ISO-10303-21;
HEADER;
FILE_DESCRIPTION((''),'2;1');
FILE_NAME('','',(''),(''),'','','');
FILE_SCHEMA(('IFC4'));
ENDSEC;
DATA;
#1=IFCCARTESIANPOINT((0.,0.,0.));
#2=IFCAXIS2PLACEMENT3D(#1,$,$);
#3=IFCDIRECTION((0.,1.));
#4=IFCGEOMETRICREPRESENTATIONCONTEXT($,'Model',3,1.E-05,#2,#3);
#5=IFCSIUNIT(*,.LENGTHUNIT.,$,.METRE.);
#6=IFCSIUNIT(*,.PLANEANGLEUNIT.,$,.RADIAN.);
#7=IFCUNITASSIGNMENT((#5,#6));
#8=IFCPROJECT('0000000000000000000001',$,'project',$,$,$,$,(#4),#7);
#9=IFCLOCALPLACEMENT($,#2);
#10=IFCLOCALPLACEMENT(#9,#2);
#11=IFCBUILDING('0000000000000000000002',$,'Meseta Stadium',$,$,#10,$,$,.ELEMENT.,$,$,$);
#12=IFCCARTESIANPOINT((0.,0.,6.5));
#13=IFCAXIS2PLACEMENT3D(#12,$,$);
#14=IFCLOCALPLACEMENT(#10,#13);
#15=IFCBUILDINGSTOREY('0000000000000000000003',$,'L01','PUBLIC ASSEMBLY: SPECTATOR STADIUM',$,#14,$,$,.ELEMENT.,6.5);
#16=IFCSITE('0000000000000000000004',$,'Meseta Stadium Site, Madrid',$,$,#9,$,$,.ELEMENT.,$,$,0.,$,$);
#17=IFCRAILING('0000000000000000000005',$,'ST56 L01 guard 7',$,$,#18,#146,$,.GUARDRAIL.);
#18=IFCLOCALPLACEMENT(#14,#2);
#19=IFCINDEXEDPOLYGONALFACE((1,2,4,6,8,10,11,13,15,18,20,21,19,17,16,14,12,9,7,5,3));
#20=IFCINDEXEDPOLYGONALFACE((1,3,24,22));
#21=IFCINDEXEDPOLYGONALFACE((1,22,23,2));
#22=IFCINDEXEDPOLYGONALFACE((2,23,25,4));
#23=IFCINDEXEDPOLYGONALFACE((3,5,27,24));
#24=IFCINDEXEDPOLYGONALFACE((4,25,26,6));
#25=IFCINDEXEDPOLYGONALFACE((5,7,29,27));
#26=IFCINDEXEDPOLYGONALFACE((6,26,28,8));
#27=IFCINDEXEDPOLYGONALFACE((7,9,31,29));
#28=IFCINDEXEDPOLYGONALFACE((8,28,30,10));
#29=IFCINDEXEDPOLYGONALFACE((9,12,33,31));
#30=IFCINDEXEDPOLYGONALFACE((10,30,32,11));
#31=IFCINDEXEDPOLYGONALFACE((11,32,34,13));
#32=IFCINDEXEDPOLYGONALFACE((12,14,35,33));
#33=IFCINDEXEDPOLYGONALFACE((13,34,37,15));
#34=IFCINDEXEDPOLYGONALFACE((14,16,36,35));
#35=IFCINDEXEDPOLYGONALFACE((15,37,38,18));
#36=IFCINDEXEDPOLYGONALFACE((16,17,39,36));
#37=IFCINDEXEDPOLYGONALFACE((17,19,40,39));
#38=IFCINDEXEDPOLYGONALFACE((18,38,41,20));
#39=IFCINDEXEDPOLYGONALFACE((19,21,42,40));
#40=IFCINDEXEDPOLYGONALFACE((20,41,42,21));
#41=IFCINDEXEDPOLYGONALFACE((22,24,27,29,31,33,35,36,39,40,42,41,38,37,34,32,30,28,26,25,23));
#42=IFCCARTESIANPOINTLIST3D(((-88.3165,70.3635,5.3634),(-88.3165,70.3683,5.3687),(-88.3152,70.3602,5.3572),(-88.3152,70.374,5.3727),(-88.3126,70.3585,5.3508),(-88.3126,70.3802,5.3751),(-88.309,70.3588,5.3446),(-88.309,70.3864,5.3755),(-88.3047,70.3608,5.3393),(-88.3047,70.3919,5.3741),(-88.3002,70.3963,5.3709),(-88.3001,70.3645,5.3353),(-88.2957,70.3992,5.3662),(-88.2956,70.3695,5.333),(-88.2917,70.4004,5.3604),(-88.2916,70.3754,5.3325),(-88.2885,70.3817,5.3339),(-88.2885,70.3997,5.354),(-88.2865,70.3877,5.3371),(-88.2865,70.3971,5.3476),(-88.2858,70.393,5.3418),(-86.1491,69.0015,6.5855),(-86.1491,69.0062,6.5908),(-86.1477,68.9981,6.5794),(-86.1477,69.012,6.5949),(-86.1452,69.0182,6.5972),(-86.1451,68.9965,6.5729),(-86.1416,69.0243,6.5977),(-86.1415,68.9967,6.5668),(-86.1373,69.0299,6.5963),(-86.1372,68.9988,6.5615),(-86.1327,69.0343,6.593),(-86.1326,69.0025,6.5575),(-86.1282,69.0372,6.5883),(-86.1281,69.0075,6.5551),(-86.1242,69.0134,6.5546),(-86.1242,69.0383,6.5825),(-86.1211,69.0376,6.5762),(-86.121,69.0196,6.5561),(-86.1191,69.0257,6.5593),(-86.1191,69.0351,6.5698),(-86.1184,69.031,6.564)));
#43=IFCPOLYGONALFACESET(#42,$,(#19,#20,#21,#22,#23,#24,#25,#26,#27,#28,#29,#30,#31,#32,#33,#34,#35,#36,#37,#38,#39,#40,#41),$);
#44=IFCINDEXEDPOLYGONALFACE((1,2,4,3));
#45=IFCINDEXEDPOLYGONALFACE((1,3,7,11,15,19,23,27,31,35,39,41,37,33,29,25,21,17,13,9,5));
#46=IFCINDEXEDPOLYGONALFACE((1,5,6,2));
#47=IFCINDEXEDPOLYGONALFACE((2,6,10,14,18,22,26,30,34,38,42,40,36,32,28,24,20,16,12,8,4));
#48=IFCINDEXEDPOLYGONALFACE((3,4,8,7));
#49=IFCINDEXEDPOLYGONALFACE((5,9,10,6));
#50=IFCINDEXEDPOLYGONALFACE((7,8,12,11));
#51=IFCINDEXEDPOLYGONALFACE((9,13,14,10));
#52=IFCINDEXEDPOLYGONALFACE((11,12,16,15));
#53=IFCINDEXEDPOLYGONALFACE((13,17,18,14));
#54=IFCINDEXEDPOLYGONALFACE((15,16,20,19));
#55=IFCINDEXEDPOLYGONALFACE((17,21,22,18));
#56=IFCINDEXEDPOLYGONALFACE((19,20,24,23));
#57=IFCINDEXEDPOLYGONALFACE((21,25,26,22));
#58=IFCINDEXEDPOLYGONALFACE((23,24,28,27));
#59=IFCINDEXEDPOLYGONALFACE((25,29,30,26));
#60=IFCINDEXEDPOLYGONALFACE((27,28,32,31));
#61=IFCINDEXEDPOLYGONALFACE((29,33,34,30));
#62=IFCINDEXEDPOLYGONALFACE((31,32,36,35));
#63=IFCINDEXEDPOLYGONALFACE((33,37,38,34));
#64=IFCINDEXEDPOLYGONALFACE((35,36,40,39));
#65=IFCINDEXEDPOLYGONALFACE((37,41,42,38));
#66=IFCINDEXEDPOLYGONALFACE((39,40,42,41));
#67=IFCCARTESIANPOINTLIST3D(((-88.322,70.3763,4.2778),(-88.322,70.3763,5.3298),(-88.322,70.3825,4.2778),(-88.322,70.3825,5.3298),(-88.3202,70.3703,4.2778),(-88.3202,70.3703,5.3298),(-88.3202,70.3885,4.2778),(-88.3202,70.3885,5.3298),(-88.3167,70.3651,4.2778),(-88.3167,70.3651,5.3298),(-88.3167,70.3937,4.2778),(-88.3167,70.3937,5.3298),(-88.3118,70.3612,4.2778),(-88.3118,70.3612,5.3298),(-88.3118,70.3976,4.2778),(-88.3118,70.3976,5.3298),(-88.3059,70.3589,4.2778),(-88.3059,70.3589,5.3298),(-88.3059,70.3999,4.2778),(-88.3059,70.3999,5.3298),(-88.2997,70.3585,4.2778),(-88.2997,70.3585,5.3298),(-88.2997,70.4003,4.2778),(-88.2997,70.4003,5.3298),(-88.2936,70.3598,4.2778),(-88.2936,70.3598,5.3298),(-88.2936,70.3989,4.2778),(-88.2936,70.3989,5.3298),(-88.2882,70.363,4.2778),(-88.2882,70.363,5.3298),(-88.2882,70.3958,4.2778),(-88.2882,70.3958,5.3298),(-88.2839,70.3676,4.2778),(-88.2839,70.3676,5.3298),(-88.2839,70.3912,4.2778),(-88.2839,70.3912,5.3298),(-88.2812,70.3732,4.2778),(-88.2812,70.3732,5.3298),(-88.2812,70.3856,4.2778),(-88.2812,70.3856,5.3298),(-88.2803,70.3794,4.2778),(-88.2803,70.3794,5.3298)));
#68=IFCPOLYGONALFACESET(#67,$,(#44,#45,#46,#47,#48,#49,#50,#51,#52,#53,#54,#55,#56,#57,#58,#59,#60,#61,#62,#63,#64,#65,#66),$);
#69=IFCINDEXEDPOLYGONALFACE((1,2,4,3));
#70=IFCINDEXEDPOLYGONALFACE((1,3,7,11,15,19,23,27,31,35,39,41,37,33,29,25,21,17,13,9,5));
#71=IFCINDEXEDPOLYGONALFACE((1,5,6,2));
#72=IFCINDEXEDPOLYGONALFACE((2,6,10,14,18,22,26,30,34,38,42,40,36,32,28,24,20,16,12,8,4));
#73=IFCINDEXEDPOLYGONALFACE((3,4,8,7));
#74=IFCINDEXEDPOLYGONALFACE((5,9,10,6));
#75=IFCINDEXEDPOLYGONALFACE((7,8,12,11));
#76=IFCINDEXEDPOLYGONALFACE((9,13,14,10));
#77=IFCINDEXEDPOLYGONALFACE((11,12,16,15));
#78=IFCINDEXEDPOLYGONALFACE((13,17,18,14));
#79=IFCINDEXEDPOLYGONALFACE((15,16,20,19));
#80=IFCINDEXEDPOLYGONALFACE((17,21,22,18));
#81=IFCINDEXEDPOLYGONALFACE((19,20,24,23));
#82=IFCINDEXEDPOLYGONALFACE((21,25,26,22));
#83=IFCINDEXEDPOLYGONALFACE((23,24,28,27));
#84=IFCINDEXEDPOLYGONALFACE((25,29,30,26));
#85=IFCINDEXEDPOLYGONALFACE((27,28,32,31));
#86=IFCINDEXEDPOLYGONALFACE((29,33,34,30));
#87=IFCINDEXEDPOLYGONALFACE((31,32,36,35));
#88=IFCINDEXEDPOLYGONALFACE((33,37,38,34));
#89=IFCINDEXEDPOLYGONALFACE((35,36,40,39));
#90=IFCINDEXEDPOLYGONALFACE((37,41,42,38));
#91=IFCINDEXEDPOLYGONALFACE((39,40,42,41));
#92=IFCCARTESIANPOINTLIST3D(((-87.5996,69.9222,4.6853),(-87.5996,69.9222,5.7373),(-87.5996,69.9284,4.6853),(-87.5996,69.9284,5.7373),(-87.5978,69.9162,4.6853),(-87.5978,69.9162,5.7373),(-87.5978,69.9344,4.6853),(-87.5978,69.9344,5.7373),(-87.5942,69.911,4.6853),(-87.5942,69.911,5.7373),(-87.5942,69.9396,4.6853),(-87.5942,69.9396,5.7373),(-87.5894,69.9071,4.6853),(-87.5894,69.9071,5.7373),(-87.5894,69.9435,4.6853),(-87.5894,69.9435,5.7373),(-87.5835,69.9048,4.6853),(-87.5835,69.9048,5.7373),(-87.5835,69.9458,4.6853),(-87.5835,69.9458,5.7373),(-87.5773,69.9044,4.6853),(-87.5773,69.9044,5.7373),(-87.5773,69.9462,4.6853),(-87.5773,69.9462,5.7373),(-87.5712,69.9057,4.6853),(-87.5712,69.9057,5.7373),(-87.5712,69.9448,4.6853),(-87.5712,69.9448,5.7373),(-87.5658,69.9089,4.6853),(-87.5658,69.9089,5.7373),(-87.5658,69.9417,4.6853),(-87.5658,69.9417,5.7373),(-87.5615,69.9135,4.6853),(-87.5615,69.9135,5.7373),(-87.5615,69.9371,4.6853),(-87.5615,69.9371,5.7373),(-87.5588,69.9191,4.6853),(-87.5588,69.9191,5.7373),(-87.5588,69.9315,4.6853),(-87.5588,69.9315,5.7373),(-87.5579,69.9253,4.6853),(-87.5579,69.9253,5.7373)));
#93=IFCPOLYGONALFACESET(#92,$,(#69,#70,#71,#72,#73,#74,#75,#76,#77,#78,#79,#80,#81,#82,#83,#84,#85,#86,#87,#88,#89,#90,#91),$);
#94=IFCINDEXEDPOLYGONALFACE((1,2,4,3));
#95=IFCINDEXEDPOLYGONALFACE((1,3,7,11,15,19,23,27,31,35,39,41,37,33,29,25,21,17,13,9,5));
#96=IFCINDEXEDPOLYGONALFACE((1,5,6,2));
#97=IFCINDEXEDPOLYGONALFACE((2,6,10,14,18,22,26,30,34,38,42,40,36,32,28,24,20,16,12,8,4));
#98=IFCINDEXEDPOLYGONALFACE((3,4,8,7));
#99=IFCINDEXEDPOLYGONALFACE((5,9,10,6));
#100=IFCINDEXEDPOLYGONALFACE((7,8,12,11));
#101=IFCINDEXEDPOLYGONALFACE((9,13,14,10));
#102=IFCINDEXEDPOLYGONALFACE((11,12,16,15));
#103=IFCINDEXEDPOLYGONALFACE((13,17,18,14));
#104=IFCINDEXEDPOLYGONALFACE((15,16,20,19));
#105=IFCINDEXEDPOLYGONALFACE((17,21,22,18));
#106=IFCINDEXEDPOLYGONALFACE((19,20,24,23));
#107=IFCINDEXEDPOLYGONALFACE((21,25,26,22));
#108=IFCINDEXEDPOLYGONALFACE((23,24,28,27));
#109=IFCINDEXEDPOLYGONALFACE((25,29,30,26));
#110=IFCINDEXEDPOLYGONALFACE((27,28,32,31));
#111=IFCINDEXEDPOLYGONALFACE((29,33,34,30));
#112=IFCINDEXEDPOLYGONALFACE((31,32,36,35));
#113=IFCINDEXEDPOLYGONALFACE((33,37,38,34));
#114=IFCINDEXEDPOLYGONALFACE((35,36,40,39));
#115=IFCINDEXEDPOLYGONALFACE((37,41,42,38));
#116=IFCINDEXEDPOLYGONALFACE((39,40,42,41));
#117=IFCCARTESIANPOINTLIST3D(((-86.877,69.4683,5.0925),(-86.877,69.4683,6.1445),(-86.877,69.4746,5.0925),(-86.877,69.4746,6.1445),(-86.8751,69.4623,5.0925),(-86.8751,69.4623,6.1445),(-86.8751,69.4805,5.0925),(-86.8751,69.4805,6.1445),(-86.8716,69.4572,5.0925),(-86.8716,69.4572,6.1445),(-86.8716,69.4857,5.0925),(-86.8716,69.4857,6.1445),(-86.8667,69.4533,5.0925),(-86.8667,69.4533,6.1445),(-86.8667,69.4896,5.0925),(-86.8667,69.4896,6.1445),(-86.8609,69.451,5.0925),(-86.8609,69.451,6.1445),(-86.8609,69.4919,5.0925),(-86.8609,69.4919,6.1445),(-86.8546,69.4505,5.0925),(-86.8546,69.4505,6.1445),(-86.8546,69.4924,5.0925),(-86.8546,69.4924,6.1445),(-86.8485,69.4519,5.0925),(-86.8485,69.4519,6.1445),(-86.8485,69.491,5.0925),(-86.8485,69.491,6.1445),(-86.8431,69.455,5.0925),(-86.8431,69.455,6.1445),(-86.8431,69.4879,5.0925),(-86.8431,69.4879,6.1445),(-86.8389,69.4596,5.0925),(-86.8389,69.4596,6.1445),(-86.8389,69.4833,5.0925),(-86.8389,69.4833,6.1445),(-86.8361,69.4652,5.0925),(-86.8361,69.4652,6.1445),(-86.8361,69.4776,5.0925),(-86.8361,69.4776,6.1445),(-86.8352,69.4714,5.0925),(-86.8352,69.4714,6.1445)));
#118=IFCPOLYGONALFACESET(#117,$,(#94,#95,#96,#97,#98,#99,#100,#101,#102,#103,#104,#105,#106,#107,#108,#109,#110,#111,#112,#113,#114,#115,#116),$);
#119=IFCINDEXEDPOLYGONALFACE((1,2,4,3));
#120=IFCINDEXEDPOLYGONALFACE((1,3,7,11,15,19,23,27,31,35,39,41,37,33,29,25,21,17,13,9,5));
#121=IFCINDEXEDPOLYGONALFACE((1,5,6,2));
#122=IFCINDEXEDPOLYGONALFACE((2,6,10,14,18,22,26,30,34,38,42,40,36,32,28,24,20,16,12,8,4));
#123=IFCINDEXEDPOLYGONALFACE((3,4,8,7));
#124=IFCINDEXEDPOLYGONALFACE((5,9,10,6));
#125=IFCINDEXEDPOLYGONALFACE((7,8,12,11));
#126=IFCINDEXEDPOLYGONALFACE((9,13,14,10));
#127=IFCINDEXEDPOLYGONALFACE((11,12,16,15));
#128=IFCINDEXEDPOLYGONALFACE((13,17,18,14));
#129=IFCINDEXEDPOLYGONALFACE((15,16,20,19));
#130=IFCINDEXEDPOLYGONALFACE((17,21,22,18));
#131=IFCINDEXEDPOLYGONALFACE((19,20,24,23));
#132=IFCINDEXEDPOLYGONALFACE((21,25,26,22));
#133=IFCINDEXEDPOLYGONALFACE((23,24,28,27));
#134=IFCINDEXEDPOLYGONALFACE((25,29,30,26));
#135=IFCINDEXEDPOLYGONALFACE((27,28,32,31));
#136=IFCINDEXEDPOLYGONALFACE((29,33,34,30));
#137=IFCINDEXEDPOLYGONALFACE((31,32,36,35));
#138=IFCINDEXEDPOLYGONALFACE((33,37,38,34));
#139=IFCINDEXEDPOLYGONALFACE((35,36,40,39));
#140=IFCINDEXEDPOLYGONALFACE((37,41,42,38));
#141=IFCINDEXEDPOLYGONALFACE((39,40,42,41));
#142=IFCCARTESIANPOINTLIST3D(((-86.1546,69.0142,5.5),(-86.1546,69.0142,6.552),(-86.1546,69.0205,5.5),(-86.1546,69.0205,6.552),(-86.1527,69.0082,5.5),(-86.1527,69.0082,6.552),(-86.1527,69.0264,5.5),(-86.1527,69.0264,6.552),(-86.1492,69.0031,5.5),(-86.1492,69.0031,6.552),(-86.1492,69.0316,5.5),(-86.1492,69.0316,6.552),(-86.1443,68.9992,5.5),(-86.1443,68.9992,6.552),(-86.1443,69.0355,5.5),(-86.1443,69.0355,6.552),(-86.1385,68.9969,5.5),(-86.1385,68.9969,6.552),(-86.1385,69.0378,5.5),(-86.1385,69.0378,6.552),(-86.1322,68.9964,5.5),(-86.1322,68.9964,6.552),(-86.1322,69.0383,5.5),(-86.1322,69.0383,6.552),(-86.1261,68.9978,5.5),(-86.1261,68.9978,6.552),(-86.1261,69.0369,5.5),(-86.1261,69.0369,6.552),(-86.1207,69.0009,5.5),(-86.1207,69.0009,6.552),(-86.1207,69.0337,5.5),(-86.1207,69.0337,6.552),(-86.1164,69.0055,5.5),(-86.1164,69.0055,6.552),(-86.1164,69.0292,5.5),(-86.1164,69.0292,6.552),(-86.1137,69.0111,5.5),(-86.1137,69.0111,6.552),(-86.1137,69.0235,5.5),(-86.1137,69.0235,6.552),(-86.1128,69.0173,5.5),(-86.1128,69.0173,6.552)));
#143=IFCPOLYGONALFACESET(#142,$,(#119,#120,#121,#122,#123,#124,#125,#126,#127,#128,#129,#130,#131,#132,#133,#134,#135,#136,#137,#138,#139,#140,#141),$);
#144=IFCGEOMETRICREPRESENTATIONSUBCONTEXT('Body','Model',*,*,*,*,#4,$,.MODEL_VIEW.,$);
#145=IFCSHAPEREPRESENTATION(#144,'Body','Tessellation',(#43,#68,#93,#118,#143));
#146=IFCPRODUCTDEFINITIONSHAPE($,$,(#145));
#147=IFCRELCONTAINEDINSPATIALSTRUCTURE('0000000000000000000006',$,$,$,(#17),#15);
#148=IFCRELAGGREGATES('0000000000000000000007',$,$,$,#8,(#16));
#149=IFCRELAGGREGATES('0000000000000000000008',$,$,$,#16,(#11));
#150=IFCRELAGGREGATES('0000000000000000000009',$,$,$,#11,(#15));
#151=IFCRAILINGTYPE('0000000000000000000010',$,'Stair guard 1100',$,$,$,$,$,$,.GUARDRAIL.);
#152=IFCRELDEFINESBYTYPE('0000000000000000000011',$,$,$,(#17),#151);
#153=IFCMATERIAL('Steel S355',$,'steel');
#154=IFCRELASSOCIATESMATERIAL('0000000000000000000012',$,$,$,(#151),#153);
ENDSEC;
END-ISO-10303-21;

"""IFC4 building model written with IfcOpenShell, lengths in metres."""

from ifc_helpers import new_model, si_unit, direction, frame, origin, origin_2d, place, context, subcontext, project, spatial, circle, extrude, material, type_object, element, save


model = new_model("IFC4")

# Units and contexts
model_context = context("Model", 3, precision=1e-05, world=origin(), true_north=direction((0.0, 1.0)))
body_context = subcontext(model_context, "Body", "Model", "MODEL_VIEW")
ifc_project = project(units=[si_unit("LENGTHUNIT", "METRE"), si_unit("PLANEANGLEUNIT", "RADIAN")], contexts=[model_context])

# Site, building, storey
site_placement = place(None, origin())
site = spatial("IfcSite", under=ifc_project, at=site_placement, Name="Meseta Stadium Site, Madrid", CompositionType="ELEMENT", RefElevation=0.0)
building_placement = place(site_placement, origin())
building = spatial("IfcBuilding", under=site, at=building_placement, Name="Meseta Stadium", CompositionType="ELEMENT")
storey_placement = place(building_placement, frame((0.0, 0.0, 6.5)))
storey = spatial("IfcBuildingStorey", under=building, at=storey_placement, Name="L01", Description="PUBLIC ASSEMBLY: SPECTATOR STADIUM", CompositionType="ELEMENT", Elevation=6.5)

# Railing
ifc_material_1 = material(Name="Steel S355", Category="steel")
railing_type = type_object("IfcRailingType", Name="Stair guard 1100", PredefinedType="GUARDRAIL", material=ifc_material_1)
railing_1_placement = place(storey_placement, frame((-88.3013, 70.3794, 4.2778)))
element("IfcRailing", 1, at=railing_1_placement, inside=storey, type_object=railing_type, Name="ST56 L01 guard 7", PredefinedType="GUARDRAIL", context=body_context, shape_type="SweptSolid", body=[
    extrude(circle(Radius=0.0239, at=origin_2d()), frame((0.0, 0.0, 1.0762), z_axis=(0.764085, -0.480156, 0.430841), x_axis=(0.532072, 0.846699, 0.0)), (0.0, 0.0, 1.0), 2.8367),
    extrude(circle(Radius=0.021, at=origin_2d()), origin(), (0.0, 0.0, 1.0), 1.052),
    extrude(circle(Radius=0.021, at=origin_2d()), frame((0.7224, -0.4541, 0.4075)), (0.0, 0.0, 1.0), 1.052),
    extrude(circle(Radius=0.021, at=origin_2d()), frame((1.4451, -0.908, 0.8147)), (0.0, 0.0, 1.0), 1.052),
    extrude(circle(Radius=0.021, at=origin_2d()), frame((2.1675, -1.3621, 1.2222)), (0.0, 0.0, 1.0), 1.052),
])

save(model, "model.ifc")
